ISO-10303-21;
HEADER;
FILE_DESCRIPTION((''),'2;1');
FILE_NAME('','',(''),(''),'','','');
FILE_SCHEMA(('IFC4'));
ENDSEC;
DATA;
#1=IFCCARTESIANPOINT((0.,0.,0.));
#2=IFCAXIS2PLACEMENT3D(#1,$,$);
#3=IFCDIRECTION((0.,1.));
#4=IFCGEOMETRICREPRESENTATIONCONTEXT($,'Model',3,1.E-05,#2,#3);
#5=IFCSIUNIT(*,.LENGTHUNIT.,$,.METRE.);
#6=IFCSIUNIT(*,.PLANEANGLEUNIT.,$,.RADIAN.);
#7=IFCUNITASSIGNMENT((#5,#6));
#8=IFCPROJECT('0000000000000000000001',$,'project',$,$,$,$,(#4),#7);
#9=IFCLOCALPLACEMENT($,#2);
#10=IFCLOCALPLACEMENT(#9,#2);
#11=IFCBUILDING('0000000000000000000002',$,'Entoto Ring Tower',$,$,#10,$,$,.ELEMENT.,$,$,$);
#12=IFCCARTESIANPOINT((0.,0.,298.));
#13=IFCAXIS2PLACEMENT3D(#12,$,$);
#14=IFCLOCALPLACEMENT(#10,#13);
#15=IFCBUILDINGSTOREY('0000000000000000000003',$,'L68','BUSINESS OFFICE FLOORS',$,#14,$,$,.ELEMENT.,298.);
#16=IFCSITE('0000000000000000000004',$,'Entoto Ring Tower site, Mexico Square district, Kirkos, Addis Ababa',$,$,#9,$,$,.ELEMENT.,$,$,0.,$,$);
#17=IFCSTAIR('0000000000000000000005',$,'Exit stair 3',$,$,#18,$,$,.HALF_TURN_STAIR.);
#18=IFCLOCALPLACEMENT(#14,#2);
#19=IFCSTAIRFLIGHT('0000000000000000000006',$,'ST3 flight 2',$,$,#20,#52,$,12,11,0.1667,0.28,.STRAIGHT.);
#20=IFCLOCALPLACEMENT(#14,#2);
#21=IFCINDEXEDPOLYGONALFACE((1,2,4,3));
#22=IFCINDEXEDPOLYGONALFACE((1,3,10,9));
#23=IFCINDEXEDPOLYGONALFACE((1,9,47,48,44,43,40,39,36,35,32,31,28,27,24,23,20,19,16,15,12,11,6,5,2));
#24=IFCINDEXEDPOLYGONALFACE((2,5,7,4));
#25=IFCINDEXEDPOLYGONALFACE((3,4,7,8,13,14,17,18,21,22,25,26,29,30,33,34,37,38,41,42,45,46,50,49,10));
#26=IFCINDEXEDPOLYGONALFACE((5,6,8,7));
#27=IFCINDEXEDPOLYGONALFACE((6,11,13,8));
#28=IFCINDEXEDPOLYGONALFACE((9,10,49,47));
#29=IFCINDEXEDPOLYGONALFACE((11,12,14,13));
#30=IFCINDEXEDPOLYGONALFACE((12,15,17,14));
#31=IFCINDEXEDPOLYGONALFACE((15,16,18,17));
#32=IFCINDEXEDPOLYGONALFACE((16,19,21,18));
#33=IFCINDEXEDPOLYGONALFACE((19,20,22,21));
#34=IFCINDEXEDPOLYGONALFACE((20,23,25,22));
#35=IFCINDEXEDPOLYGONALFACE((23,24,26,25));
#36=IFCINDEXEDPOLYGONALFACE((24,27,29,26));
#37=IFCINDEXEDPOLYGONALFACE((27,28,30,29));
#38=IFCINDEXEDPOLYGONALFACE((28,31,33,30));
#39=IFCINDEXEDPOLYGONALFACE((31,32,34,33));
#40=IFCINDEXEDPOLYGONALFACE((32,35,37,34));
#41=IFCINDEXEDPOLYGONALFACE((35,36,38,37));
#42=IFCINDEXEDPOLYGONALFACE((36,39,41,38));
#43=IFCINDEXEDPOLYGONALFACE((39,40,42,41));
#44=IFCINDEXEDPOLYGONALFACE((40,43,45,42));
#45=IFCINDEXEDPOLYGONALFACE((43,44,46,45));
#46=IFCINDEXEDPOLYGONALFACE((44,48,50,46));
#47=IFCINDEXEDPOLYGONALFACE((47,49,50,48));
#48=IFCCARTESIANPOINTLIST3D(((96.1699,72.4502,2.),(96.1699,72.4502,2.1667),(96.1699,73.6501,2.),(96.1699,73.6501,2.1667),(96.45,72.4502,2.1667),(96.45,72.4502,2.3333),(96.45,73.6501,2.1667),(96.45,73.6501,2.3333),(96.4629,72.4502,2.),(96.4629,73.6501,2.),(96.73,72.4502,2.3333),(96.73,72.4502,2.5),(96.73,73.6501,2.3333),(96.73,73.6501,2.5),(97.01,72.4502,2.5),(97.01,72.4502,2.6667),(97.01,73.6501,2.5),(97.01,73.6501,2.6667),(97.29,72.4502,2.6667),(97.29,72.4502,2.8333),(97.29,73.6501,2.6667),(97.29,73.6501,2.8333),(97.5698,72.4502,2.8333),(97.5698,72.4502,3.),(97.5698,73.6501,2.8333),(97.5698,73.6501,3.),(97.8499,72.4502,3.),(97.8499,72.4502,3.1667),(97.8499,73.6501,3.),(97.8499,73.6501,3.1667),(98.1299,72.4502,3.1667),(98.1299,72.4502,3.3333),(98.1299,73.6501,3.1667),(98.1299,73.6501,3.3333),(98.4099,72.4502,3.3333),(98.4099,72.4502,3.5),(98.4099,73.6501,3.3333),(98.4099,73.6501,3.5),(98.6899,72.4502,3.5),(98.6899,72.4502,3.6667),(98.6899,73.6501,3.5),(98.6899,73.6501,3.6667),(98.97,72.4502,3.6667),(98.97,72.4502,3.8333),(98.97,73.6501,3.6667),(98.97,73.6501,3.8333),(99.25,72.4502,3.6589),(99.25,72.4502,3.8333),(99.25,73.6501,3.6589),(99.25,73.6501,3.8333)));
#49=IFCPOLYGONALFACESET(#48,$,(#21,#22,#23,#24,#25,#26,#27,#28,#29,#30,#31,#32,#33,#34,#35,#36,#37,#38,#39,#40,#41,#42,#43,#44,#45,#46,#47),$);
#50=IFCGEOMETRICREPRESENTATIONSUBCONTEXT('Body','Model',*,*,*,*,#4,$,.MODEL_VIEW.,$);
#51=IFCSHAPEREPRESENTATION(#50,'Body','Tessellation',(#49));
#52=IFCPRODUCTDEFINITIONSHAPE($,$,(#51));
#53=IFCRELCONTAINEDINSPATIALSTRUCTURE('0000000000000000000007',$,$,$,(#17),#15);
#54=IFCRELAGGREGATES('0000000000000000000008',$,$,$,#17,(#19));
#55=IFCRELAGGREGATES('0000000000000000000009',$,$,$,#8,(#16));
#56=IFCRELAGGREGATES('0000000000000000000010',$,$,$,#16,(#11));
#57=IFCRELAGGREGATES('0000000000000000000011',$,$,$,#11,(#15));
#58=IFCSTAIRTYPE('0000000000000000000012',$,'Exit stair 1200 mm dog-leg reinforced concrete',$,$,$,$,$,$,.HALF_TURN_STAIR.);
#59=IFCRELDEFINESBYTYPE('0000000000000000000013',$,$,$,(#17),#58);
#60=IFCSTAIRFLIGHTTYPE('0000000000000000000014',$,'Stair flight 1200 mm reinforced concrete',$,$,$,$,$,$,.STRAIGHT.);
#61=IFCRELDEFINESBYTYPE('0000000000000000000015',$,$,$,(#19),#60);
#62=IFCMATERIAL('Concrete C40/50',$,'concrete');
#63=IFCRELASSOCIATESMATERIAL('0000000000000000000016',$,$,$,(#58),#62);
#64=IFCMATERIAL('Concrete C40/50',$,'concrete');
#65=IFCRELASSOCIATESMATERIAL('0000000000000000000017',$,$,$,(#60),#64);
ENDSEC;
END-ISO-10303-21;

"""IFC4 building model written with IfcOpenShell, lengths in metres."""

from ifc_helpers import new_model, si_unit, direction, frame, origin, place, context, subcontext, project, spatial, polyline, outline, extrude, material, type_object, element, aggregate, save


model = new_model("IFC4")

# Units and contexts
model_context = context("Model", 3, precision=1e-05, world=origin(), true_north=direction((0.0, 1.0)))
body_context = subcontext(model_context, "Body", "Model", "MODEL_VIEW")
ifc_project = project(units=[si_unit("LENGTHUNIT", "METRE"), si_unit("PLANEANGLEUNIT", "RADIAN")], contexts=[model_context])

# Site, building, storey
site_placement = place(None, origin())
site = spatial("IfcSite", under=ifc_project, at=site_placement, Name="Entoto Ring Tower site, Mexico Square district, Kirkos, Addis Ababa", CompositionType="ELEMENT", RefElevation=0.0)
building_placement = place(site_placement, origin())
building = spatial("IfcBuilding", under=site, at=building_placement, Name="Entoto Ring Tower", CompositionType="ELEMENT")
storey_placement = place(building_placement, frame((0.0, 0.0, 298.0)))
storey = spatial("IfcBuildingStorey", under=building, at=storey_placement, Name="L68", Description="BUSINESS OFFICE FLOORS", CompositionType="ELEMENT", Elevation=298.0)

# Stair, stair flight
ifc_material_1 = material(Name="Concrete C40/50", Category="concrete")
stair_type = type_object("IfcStairType", Name="Exit stair 1200 mm dog-leg reinforced concrete", PredefinedType="HALF_TURN_STAIR", material=ifc_material_1)
stair_placement = place(storey_placement, origin())
stair = element("IfcStair", 1, at=stair_placement, inside=storey, type_object=stair_type, Name="Exit stair 3", PredefinedType="HALF_TURN_STAIR")
ifc_material_2 = material(Name="Concrete C40/50", Category="concrete")
stair_flight_type = type_object("IfcStairFlightType", Name="Stair flight 1200 mm reinforced concrete", PredefinedType="STRAIGHT", material=ifc_material_2)
stair_flight_placement = place(storey_placement, frame((96.1699, 73.05, 2.0), z_axis=(0.0, 0.0, 1.0), x_axis=(1.0, 0.0, 0.0)))
stair_flight = element("IfcStairFlight", 2, at=stair_flight_placement, type_object=stair_flight_type, Name="ST3 flight 2", NumberOfRisers=12, NumberOfTreads=11, PredefinedType="STRAIGHT", RiserHeight=0.1667, TreadLength=0.28, context=body_context, shape_type="SweptSolid", body=[
    extrude(outline(polyline([(0.0, 0.0), (0.0, 0.1667), (0.28, 0.1667), (0.28, 0.3333), (0.5601, 0.3333), (0.5601, 0.5), (0.8401, 0.5), (0.8401, 0.6667), (1.1201, 0.6667), (1.1201, 0.8333), (1.3999, 0.8333), (1.3999, 1.0), (1.6799, 1.0), (1.6799, 1.1667), (1.96, 1.1667), (1.96, 1.3333), (2.24, 1.3333), (2.24, 1.5), (2.52, 1.5), (2.52, 1.6667), (2.8, 1.6667), (2.8, 1.8333), (3.0801, 1.8333), (3.0801, 2.0), (3.0801, 1.6589), (0.293, 0.0), (0.0, 0.0)])), frame((0.0, 0.6001, 0.0), z_axis=(0.0, -1.0, 0.0), x_axis=(1.0, 0.0, 0.0)), (0.0, 0.0, 1.0), 1.2),
])
aggregate(stair, [stair_flight])

save(model, "model.ifc")
